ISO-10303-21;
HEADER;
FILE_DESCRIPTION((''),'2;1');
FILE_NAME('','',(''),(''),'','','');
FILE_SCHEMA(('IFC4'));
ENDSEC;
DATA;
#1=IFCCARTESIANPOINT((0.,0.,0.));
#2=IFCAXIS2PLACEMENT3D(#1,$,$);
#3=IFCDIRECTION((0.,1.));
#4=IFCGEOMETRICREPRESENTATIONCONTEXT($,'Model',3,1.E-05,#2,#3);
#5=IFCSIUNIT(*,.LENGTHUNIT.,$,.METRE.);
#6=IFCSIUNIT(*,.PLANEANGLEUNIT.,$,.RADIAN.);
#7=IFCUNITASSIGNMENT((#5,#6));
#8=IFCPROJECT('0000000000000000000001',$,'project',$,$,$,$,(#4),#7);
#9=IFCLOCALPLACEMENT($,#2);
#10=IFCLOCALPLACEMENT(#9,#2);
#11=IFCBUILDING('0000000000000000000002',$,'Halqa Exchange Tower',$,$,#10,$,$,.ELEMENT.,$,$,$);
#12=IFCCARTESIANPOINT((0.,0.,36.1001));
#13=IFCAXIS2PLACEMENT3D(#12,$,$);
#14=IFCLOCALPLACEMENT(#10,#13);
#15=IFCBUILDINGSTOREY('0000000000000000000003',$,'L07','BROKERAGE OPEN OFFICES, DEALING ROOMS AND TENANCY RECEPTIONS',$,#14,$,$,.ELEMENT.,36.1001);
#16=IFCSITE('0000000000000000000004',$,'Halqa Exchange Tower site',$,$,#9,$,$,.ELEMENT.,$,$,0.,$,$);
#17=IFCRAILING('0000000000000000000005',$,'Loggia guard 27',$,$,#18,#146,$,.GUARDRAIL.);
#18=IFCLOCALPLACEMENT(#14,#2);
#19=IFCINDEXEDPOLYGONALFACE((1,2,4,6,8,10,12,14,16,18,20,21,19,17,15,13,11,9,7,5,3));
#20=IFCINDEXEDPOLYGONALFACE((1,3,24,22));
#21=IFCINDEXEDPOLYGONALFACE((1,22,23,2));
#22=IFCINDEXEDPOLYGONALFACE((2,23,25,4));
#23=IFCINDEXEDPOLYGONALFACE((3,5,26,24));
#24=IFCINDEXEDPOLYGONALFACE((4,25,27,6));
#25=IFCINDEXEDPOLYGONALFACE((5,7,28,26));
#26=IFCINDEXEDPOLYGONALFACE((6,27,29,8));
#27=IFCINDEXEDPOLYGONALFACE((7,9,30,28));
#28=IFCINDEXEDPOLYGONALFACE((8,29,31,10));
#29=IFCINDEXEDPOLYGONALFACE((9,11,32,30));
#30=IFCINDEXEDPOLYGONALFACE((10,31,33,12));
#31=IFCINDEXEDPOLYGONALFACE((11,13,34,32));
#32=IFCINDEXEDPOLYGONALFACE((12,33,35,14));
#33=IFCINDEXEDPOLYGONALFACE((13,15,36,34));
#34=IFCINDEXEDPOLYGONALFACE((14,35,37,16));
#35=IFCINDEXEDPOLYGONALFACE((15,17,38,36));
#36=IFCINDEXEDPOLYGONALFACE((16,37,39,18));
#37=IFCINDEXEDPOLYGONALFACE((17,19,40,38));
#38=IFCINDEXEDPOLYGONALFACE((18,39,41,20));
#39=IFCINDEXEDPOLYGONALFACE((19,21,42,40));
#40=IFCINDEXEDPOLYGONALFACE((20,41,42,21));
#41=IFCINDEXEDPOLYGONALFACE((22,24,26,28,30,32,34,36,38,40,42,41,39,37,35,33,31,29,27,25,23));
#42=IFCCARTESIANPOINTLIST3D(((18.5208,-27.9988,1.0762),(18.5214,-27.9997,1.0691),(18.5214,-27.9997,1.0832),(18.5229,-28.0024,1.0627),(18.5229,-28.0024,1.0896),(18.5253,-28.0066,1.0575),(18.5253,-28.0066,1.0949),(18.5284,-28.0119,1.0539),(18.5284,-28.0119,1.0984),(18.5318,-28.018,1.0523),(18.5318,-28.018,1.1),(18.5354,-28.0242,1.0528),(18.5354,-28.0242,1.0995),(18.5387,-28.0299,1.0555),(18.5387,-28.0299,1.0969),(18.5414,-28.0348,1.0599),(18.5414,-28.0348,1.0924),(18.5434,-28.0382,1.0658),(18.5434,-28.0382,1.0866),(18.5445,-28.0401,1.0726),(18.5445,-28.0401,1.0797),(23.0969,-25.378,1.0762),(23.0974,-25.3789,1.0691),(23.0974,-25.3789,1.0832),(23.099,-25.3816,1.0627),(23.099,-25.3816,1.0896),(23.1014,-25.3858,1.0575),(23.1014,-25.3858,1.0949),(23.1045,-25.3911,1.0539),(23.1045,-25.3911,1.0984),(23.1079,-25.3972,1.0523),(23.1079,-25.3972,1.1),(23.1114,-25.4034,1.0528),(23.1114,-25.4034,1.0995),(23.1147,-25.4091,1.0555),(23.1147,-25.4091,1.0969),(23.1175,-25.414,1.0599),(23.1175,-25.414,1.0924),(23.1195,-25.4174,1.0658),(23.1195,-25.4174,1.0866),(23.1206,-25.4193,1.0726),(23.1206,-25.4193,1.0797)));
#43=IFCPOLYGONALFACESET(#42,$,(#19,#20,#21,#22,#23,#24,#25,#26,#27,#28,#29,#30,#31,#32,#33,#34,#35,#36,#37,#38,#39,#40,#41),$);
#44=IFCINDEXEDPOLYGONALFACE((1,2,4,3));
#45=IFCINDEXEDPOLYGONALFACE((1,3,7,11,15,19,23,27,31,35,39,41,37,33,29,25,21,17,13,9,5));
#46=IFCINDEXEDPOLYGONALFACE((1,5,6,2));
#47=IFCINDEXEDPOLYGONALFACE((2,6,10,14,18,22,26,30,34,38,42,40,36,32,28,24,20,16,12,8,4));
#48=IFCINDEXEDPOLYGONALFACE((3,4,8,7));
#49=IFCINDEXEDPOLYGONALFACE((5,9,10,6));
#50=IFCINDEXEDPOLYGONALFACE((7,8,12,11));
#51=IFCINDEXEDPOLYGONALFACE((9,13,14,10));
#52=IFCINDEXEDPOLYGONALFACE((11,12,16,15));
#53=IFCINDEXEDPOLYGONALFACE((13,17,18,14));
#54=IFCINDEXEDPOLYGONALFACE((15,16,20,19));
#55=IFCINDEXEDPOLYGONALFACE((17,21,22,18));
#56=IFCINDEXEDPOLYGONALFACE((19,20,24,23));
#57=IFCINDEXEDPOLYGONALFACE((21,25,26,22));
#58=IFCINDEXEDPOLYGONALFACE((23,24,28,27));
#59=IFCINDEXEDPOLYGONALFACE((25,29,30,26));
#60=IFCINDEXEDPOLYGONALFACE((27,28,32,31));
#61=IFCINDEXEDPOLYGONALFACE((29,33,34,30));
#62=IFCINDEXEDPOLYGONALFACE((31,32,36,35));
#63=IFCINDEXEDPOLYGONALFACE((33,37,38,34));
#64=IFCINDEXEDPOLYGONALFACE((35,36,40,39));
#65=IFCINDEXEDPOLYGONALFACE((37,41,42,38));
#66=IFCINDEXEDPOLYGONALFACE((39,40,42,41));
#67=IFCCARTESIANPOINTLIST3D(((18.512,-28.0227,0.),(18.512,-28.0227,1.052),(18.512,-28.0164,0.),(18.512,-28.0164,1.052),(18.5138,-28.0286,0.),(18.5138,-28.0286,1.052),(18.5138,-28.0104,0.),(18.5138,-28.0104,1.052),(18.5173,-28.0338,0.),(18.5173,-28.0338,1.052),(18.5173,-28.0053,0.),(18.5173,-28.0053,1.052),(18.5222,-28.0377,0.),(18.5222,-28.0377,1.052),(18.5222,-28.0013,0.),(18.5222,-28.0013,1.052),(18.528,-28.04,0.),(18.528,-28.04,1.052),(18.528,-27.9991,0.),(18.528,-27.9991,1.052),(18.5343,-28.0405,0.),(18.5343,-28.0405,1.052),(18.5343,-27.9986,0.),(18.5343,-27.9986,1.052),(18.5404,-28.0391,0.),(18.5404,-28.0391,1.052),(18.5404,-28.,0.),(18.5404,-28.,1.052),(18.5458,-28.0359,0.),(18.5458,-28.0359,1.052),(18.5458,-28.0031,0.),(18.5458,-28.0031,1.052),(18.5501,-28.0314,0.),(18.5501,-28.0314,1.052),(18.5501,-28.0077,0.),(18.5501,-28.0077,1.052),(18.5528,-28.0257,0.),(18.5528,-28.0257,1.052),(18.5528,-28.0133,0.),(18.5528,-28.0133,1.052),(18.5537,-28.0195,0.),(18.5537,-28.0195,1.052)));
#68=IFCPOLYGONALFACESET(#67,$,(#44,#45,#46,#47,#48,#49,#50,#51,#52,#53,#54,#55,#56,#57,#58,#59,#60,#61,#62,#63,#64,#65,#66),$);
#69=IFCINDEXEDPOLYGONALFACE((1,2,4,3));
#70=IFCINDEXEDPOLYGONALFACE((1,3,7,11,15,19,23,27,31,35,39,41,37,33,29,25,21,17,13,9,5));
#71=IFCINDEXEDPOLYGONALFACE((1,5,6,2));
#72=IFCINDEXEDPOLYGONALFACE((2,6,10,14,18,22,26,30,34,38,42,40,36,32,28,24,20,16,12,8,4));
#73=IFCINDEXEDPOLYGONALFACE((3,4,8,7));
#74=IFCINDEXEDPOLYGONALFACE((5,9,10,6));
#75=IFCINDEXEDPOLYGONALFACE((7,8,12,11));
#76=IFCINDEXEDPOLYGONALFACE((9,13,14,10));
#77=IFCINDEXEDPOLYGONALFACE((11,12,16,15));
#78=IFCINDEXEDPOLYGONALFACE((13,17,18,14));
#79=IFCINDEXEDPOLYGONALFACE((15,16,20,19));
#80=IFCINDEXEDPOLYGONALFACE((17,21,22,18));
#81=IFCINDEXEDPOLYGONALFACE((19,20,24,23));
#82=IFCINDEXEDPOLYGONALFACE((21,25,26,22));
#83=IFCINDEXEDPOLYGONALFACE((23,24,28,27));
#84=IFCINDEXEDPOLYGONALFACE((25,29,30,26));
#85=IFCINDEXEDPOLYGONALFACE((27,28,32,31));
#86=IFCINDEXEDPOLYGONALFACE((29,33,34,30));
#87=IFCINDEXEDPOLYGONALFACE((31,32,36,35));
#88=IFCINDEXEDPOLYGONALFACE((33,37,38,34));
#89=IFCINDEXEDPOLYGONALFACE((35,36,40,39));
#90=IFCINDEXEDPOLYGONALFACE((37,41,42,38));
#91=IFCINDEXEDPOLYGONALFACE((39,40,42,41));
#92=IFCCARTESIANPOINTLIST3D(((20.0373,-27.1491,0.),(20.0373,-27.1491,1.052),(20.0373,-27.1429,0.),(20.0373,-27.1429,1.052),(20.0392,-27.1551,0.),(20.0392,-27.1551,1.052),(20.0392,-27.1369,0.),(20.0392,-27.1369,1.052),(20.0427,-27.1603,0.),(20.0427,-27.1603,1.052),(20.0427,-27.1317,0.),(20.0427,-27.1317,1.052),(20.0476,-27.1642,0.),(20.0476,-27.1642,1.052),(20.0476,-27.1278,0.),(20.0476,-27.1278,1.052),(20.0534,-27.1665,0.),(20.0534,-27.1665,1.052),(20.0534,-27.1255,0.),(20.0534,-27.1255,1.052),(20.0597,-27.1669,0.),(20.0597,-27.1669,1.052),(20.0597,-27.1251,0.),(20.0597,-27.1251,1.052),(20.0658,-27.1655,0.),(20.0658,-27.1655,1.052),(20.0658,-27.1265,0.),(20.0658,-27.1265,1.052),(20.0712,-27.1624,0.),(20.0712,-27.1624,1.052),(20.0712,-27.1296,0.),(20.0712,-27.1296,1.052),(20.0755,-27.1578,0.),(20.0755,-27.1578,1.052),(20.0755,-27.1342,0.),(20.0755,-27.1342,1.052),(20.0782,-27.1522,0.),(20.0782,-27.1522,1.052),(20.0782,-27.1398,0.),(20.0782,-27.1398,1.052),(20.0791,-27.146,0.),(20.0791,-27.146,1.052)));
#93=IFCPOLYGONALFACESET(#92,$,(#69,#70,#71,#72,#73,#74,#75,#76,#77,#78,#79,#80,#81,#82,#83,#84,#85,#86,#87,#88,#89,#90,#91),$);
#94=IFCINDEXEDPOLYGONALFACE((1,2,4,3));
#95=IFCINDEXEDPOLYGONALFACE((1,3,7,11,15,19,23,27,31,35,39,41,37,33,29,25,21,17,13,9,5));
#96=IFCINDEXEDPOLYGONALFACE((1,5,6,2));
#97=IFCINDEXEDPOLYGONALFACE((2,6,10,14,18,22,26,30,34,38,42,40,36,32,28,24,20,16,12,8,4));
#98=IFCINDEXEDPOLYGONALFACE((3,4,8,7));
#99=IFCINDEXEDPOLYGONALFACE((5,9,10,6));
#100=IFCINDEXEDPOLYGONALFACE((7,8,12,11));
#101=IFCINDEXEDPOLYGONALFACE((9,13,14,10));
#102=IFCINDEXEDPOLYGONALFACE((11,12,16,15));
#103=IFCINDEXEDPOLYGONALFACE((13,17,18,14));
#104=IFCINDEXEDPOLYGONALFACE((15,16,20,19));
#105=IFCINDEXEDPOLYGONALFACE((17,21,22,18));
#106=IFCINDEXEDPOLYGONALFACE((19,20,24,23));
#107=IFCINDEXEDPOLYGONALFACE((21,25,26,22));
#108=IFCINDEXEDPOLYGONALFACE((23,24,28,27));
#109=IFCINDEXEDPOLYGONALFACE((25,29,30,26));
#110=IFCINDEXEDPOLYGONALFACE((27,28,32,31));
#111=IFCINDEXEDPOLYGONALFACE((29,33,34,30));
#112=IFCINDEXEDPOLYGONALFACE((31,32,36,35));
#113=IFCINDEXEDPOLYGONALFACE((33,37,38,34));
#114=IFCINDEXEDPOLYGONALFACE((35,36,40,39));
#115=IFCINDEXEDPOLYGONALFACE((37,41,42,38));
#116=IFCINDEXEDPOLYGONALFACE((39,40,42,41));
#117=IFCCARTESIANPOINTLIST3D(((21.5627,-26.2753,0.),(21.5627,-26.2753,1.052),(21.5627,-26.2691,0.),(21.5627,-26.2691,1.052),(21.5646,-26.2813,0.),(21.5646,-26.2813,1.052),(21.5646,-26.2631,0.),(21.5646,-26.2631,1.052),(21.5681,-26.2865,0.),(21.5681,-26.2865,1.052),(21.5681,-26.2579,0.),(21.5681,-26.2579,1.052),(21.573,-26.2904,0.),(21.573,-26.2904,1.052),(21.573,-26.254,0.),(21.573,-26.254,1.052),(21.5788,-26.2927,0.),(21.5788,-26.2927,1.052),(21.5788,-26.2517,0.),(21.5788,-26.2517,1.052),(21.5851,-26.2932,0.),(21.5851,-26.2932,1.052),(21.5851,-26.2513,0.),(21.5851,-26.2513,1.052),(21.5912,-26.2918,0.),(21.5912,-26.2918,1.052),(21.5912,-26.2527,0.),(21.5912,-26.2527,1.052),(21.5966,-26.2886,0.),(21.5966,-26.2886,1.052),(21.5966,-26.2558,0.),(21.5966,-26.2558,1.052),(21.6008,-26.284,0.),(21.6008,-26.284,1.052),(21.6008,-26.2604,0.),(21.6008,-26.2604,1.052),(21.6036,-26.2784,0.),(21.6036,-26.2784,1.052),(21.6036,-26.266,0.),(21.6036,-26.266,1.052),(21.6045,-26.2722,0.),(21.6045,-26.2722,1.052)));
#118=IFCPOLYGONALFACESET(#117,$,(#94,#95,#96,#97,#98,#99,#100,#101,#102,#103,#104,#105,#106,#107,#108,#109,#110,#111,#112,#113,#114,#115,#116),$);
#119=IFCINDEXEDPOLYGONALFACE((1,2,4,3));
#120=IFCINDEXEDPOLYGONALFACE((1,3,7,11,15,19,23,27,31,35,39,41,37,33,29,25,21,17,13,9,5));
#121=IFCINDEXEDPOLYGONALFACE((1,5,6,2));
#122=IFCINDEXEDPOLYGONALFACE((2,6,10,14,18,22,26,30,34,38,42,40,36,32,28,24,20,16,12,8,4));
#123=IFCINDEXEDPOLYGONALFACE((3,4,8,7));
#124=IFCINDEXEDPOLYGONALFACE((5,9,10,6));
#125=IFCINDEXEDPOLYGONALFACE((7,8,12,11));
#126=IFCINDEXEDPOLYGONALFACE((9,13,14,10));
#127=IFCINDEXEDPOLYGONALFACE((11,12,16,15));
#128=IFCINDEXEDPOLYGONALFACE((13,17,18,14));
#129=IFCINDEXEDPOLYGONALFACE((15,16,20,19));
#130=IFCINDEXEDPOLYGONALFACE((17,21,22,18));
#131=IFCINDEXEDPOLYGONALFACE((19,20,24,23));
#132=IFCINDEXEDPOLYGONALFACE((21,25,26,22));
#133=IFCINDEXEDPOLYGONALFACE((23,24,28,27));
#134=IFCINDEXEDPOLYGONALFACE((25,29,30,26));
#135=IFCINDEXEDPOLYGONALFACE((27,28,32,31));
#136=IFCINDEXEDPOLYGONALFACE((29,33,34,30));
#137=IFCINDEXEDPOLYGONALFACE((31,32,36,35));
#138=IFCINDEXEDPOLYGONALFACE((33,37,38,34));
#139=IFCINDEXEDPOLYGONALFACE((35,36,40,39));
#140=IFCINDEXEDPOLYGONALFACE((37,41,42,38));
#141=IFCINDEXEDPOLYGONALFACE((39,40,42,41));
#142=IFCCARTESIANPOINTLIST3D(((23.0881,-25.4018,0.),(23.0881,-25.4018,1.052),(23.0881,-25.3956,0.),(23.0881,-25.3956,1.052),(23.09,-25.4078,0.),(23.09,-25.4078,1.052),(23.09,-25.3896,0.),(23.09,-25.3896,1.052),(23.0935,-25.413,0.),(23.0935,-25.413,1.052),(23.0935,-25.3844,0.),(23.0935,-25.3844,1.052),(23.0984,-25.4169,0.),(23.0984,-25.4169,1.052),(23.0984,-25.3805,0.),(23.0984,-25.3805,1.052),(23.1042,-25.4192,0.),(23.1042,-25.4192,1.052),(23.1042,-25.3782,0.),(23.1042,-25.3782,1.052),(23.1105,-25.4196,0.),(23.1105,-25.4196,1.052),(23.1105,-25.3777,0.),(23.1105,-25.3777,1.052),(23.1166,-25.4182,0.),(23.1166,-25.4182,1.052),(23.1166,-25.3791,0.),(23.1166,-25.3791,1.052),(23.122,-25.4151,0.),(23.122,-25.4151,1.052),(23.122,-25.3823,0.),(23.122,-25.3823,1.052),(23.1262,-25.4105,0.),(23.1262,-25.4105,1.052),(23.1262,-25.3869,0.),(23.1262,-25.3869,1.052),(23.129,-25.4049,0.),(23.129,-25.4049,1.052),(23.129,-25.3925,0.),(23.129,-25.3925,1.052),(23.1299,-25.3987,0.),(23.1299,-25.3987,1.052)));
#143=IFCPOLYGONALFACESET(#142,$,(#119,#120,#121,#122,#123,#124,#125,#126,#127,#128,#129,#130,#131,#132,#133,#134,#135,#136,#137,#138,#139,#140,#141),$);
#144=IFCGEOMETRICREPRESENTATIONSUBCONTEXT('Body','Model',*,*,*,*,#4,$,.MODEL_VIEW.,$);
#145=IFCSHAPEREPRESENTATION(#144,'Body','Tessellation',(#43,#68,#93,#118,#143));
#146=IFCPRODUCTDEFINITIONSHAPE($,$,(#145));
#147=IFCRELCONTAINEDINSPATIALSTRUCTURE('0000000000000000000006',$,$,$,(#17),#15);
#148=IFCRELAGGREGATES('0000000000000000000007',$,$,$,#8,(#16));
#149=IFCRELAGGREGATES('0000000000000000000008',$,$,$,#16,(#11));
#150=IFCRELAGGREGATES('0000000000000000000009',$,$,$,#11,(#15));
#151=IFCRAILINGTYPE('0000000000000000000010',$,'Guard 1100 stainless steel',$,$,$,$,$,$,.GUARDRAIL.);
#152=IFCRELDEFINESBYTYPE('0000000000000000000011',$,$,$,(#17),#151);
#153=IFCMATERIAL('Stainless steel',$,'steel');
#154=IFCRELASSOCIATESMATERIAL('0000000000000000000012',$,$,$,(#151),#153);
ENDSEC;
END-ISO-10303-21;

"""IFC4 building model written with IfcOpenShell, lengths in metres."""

from ifc_helpers import new_model, si_unit, direction, frame, origin, origin_2d, place, context, subcontext, project, spatial, circle, extrude, material, type_object, element, save


model = new_model("IFC4")

# Units and contexts
model_context = context("Model", 3, precision=1e-05, world=origin(), true_north=direction((0.0, 1.0)))
body_context = subcontext(model_context, "Body", "Model", "MODEL_VIEW")
ifc_project = project(units=[si_unit("LENGTHUNIT", "METRE"), si_unit("PLANEANGLEUNIT", "RADIAN")], contexts=[model_context])

# Site, building, storey
site_placement = place(None, origin())
site = spatial("IfcSite", under=ifc_project, at=site_placement, Name="Halqa Exchange Tower site", CompositionType="ELEMENT", RefElevation=0.0)
building_placement = place(site_placement, origin())
building = spatial("IfcBuilding", under=site, at=building_placement, Name="Halqa Exchange Tower", CompositionType="ELEMENT")
storey_placement = place(building_placement, frame((0.0, 0.0, 36.1001)))
storey = spatial("IfcBuildingStorey", under=building, at=storey_placement, Name="L07", Description="BROKERAGE OPEN OFFICES, DEALING ROOMS AND TENANCY RECEPTIONS", CompositionType="ELEMENT", Elevation=36.1001)

# Railing
ifc_material_1 = material(Name="Stainless steel", Category="steel")
railing_type = type_object("IfcRailingType", Name="Guard 1100 stainless steel", PredefinedType="GUARDRAIL", material=ifc_material_1)
railing_1_placement = place(storey_placement, frame((18.5327, -28.0195, 0.0)))
element("IfcRailing", 1, at=railing_1_placement, inside=storey, type_object=railing_type, Name="Loggia guard 27", PredefinedType="GUARDRAIL", context=body_context, shape_type="SweptSolid", body=[
    extrude(circle(Radius=0.0239, at=origin_2d()), frame((0.0, 0.0, 1.0762), z_axis=(0.867761, 0.496981, 0.0), x_axis=(-0.496981, 0.867761, 0.0)), (0.0, 0.0, 1.0), 5.2734),
    extrude(circle(Radius=0.021, at=origin_2d()), origin(), (0.0, 0.0, 1.0), 1.052),
    extrude(circle(Radius=0.021, at=origin_2d()), frame((1.5254, 0.8735, 0.0)), (0.0, 0.0, 1.0), 1.052),
    extrude(circle(Radius=0.021, at=origin_2d()), frame((3.0508, 1.7473, 0.0)), (0.0, 0.0, 1.0), 1.052),
    extrude(circle(Radius=0.021, at=origin_2d()), frame((4.5762, 2.6208, 0.0)), (0.0, 0.0, 1.0), 1.052),
])

save(model, "model.ifc")
